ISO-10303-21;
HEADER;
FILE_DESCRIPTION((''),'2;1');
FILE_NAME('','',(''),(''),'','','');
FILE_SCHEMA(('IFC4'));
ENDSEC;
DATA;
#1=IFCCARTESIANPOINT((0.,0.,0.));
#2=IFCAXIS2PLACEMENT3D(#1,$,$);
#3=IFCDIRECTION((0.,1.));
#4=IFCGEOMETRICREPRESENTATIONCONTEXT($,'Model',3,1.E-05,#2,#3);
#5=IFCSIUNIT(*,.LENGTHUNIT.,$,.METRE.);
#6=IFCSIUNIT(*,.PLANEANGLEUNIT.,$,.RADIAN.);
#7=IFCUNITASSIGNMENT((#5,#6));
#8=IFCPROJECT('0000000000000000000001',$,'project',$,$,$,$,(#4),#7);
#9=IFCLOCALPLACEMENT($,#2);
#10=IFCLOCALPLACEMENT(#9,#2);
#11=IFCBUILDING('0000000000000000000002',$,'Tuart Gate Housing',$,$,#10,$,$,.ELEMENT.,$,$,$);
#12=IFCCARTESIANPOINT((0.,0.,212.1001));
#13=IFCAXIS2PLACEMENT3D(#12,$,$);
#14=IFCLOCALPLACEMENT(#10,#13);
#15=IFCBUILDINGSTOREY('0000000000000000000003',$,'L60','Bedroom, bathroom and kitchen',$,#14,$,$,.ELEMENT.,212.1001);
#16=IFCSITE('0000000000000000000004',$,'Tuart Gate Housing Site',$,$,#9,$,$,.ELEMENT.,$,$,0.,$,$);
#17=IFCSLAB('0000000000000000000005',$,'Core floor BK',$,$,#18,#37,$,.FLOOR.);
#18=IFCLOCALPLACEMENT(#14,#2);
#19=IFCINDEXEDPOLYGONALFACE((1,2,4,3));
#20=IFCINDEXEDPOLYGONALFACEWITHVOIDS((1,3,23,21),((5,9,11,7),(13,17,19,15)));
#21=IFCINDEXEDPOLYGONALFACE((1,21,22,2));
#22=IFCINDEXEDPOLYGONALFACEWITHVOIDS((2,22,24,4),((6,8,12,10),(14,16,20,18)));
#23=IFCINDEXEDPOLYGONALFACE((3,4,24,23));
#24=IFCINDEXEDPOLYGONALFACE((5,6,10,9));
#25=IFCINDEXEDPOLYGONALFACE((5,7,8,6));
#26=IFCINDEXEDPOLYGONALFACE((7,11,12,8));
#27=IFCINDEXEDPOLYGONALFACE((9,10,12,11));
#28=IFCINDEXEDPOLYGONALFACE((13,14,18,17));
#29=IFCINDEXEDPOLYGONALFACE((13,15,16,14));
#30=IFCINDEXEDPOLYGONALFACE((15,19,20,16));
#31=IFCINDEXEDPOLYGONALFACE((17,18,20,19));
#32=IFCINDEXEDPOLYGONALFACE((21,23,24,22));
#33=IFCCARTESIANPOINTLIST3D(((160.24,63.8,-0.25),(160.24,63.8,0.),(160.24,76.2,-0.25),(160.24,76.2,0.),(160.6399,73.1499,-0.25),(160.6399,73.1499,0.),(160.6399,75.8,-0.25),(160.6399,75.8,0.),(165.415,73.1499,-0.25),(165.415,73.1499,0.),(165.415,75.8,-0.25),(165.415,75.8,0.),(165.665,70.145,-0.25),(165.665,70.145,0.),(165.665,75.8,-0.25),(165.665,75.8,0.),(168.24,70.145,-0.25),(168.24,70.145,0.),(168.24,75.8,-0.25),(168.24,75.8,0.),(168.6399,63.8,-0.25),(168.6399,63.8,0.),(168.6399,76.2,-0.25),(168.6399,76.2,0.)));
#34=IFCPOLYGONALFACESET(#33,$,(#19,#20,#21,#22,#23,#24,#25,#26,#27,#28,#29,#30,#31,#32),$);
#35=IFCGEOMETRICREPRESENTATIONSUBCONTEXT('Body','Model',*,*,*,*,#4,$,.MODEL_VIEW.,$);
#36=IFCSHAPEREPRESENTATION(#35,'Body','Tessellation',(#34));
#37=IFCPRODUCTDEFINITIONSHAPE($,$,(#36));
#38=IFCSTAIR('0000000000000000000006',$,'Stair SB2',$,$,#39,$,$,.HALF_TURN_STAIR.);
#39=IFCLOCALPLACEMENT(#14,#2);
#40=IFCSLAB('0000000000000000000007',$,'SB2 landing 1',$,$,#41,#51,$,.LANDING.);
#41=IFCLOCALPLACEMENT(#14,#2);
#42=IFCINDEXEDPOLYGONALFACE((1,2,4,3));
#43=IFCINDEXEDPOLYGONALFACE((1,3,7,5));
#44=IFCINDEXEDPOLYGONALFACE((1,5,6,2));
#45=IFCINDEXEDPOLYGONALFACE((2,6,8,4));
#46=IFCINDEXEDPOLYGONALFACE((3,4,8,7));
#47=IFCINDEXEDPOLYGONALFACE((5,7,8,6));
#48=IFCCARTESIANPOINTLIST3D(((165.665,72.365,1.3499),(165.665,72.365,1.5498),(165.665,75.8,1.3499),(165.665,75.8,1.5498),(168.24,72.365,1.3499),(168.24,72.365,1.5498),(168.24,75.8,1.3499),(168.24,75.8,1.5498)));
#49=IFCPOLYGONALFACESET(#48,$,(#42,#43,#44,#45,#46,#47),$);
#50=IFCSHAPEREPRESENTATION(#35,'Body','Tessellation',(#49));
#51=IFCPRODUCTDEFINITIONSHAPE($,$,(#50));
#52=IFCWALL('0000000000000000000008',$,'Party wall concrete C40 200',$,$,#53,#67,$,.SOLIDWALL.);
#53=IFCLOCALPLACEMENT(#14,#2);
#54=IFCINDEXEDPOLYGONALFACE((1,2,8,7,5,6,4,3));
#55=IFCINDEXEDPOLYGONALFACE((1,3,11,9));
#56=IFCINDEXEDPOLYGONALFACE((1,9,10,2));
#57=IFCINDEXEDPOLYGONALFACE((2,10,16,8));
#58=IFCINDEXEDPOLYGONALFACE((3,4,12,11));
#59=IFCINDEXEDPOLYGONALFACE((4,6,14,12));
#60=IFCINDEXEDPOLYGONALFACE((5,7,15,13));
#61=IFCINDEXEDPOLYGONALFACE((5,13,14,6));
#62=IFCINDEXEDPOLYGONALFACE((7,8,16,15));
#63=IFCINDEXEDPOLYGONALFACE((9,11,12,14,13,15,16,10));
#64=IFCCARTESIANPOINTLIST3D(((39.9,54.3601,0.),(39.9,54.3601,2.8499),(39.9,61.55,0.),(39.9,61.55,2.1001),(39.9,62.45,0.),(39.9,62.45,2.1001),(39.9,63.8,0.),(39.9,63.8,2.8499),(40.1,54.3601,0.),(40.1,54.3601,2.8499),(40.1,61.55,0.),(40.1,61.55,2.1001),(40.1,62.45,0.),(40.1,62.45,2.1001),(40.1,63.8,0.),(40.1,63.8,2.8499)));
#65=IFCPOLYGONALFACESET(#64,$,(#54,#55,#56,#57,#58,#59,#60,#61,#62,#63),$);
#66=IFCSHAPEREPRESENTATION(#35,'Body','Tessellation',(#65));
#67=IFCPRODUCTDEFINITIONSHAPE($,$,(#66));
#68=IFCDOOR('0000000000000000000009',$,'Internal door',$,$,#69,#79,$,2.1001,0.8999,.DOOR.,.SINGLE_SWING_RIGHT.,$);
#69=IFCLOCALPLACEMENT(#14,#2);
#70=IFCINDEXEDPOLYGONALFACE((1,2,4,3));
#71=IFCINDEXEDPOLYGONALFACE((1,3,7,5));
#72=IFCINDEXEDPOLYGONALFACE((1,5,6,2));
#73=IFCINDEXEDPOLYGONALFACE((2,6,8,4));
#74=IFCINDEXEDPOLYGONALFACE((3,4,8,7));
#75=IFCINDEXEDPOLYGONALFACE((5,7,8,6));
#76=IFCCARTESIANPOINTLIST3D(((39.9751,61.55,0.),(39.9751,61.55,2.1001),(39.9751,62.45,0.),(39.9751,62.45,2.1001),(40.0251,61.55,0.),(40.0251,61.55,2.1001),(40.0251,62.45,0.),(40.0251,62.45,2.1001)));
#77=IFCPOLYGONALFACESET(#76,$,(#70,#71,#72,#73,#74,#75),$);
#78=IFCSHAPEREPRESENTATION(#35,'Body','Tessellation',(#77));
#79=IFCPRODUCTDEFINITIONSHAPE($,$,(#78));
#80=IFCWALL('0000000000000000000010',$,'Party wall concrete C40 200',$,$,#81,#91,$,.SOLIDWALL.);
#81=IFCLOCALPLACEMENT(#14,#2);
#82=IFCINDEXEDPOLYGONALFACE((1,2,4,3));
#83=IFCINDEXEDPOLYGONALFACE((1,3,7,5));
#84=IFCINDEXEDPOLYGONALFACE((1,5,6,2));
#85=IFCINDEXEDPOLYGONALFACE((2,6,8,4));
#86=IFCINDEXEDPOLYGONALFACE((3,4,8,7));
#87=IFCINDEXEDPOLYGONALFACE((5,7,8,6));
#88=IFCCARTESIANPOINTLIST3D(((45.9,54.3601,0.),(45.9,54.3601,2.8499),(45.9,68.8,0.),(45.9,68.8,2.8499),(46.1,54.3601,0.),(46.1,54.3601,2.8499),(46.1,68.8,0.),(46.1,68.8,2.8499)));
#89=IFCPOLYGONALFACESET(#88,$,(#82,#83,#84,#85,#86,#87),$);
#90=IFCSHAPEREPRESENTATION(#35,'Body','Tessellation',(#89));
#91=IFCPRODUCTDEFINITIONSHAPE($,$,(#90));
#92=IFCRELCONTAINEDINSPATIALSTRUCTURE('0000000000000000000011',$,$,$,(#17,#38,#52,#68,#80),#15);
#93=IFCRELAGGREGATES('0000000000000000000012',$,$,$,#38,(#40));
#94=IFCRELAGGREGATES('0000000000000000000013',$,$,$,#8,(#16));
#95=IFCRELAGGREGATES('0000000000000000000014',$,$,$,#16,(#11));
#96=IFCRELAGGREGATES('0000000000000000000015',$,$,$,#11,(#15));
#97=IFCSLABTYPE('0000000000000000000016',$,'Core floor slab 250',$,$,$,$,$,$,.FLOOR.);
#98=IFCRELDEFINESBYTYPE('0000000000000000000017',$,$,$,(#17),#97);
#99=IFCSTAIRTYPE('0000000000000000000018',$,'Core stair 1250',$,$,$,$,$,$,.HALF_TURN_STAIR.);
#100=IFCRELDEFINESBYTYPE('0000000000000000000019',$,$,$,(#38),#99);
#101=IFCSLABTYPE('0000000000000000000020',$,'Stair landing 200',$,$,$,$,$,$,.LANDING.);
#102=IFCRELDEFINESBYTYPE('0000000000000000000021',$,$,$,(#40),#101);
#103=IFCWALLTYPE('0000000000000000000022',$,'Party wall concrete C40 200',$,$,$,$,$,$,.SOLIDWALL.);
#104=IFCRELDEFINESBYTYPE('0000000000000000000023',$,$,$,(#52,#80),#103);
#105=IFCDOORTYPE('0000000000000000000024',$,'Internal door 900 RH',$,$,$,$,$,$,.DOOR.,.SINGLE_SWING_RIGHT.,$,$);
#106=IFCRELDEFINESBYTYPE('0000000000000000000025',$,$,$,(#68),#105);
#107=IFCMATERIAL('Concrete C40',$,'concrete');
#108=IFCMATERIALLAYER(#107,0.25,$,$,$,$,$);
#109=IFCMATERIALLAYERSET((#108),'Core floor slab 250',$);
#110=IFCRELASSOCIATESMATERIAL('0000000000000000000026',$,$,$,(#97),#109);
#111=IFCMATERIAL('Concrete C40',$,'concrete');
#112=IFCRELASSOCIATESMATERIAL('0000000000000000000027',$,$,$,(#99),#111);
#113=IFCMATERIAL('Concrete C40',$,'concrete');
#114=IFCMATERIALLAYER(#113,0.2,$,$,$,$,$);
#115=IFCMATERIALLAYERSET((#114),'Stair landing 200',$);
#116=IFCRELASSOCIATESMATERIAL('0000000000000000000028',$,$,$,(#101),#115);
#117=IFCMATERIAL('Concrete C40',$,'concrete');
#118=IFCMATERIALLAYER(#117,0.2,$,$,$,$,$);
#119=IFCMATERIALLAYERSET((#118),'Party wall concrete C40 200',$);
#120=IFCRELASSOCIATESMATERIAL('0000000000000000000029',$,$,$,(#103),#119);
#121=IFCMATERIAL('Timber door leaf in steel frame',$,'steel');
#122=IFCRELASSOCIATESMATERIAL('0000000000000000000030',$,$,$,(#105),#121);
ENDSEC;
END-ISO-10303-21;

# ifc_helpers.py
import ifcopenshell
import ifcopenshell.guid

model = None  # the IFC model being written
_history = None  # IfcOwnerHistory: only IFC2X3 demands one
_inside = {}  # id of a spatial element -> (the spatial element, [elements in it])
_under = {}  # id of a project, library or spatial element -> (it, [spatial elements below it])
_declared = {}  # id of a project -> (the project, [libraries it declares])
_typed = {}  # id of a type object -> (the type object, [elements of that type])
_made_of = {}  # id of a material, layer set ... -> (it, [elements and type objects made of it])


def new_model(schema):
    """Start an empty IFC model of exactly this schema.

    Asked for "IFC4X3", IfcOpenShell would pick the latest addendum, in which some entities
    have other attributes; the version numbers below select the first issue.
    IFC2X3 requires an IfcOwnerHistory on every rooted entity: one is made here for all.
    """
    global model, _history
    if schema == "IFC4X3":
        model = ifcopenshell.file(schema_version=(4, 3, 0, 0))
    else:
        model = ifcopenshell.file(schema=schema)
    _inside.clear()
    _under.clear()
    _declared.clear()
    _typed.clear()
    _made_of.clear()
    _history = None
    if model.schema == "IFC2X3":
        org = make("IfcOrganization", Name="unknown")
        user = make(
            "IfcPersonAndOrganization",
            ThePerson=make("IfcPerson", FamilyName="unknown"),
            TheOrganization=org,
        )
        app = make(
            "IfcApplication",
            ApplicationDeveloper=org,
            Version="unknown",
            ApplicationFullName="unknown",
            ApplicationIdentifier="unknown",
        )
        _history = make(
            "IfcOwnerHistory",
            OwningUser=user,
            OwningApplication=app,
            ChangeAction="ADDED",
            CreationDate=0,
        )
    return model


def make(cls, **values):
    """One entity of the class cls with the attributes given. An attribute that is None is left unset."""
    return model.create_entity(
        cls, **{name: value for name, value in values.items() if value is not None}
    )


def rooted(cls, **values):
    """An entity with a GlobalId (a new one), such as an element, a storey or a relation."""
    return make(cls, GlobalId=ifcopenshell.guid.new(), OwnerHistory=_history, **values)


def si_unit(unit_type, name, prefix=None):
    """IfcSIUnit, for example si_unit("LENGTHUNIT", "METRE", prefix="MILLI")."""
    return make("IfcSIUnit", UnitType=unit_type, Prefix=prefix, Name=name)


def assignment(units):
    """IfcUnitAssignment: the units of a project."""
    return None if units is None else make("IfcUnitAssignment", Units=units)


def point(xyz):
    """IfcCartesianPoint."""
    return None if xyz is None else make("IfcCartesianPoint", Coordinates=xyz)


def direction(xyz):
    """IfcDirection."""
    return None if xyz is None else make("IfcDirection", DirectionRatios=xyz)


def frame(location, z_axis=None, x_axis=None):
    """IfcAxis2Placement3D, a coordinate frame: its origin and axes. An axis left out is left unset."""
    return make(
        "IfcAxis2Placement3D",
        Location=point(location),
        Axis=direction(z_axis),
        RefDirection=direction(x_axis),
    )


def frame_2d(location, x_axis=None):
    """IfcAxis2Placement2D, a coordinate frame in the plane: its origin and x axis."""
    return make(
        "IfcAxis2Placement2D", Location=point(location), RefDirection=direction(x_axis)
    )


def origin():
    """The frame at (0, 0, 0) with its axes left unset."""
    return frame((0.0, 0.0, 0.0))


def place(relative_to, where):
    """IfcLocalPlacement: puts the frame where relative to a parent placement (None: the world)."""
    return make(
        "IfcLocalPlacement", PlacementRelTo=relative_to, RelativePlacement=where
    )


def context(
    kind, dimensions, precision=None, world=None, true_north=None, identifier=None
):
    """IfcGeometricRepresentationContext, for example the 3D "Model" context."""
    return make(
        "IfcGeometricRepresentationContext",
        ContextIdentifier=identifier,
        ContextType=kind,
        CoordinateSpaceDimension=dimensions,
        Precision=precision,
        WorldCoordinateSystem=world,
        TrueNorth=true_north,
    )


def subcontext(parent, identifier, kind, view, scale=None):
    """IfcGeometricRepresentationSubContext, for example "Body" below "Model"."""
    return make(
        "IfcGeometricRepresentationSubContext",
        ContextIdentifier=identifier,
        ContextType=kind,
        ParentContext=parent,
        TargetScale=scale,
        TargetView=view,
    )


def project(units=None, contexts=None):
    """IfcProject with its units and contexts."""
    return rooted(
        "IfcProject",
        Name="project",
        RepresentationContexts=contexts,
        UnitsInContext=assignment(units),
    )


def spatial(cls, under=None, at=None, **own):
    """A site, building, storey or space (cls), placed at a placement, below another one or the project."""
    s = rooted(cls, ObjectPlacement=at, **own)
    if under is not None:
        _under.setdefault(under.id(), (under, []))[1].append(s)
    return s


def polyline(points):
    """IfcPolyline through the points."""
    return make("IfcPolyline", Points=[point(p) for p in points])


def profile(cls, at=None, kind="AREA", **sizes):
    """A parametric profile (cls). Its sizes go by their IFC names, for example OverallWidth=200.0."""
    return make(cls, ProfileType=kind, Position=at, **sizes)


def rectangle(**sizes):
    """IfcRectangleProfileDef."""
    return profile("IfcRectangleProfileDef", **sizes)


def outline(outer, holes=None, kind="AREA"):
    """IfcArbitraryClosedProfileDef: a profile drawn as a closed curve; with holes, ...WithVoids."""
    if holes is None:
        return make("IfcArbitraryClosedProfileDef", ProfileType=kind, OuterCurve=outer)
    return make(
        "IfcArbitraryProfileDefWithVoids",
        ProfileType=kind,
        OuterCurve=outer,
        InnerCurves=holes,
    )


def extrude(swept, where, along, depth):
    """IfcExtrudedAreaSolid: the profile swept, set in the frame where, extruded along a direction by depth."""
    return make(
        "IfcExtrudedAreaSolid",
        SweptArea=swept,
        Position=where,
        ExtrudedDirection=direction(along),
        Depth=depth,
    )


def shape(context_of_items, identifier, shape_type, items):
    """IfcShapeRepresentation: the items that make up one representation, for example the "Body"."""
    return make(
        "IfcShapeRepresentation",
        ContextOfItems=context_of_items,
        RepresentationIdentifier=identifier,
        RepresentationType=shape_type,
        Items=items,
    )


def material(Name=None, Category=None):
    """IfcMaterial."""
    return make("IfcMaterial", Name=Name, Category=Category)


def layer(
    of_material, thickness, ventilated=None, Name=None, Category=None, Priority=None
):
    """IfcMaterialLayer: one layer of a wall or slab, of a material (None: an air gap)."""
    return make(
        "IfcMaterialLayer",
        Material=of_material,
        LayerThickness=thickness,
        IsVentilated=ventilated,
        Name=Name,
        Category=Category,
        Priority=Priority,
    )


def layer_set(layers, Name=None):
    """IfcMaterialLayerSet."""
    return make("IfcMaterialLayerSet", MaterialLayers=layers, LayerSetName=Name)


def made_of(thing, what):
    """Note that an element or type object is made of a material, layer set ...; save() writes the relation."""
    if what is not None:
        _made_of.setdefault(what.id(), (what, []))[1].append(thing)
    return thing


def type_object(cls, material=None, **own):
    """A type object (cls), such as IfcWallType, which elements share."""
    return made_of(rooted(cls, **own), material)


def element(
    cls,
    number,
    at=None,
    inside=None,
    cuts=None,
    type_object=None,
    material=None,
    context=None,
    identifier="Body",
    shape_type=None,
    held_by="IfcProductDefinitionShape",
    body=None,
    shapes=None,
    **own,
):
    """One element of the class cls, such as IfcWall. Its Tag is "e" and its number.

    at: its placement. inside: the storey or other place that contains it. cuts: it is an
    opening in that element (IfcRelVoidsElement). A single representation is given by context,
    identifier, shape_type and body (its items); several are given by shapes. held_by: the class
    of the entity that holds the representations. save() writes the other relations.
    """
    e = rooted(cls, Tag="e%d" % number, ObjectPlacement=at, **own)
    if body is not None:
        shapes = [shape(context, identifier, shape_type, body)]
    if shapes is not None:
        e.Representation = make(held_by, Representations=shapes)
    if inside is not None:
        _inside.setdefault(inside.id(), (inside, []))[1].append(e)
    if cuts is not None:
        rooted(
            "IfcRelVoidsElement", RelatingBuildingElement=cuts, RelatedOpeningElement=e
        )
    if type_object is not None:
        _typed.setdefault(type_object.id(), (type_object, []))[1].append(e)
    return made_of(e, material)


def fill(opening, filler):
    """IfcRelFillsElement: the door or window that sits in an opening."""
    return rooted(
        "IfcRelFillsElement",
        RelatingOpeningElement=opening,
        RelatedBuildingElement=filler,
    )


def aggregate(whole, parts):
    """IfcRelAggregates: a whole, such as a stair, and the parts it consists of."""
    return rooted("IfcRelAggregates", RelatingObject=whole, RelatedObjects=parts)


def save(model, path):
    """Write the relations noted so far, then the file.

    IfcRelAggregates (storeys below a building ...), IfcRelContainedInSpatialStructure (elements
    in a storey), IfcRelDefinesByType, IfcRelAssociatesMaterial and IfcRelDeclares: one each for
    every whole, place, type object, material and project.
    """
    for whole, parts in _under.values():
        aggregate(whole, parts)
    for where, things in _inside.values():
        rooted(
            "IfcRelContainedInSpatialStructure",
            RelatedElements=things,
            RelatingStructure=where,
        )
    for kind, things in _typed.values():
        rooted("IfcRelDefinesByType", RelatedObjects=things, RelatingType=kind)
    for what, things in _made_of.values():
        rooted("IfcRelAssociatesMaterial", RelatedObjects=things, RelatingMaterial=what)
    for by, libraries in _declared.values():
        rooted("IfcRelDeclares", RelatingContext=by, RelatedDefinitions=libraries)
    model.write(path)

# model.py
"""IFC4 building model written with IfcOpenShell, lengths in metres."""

from ifc_helpers import new_model, si_unit, direction, frame, frame_2d, origin, place, context, subcontext, project, spatial, polyline, rectangle, outline, extrude, material, layer, layer_set, type_object, element, fill, aggregate, save


model = new_model("IFC4")

# Units and contexts
model_context = context("Model", 3, precision=1e-05, world=origin(), true_north=direction((0.0, 1.0)))
body_context = subcontext(model_context, "Body", "Model", "MODEL_VIEW")
ifc_project = project(units=[si_unit("LENGTHUNIT", "METRE"), si_unit("PLANEANGLEUNIT", "RADIAN")], contexts=[model_context])

# Site, building, storey
site_placement = place(None, origin())
site = spatial("IfcSite", under=ifc_project, at=site_placement, Name="Tuart Gate Housing Site", CompositionType="ELEMENT", RefElevation=0.0)
building_placement = place(site_placement, origin())
building = spatial("IfcBuilding", under=site, at=building_placement, Name="Tuart Gate Housing", CompositionType="ELEMENT")
storey_placement = place(building_placement, frame((0.0, 0.0, 212.1001)))
storey = spatial("IfcBuildingStorey", under=building, at=storey_placement, Name="L60", Description="Bedroom, bathroom and kitchen", CompositionType="ELEMENT", Elevation=212.1001)

# Slab
ifc_material_1 = material(Name="Concrete C40", Category="concrete")
ifc_layer_1 = layer(ifc_material_1, 0.25)
ifc_layer_set_1 = layer_set([ifc_layer_1], Name="Core floor slab 250")
slab_type_1 = type_object("IfcSlabType", Name="Core floor slab 250", PredefinedType="FLOOR", material=ifc_layer_set_1)
slab_1_placement = place(storey_placement, frame((0.0, 0.0, -0.25)))
element("IfcSlab", 1, at=slab_1_placement, inside=storey, type_object=slab_type_1, Name="Core floor BK", PredefinedType="FLOOR", context=body_context, shape_type="SweptSolid", body=[
    extrude(outline(polyline([(160.24, 63.8), (168.6399, 63.8), (168.6399, 76.2), (160.24, 76.2), (160.24, 63.8)]), holes=[polyline([(160.6399, 73.1499), (165.415, 73.1499), (165.415, 75.8), (160.6399, 75.8), (160.6399, 73.1499)]), polyline([(165.665, 70.145), (168.24, 70.145), (168.24, 75.8), (165.665, 75.8), (165.665, 70.145)])]), origin(), (0.0, 0.0, 1.0), 0.25),
])

# Stair, slab
ifc_material_2 = material(Name="Concrete C40", Category="concrete")
stair_type = type_object("IfcStairType", Name="Core stair 1250", PredefinedType="HALF_TURN_STAIR", material=ifc_material_2)
stair_placement = place(storey_placement, origin())
stair = element("IfcStair", 2, at=stair_placement, inside=storey, type_object=stair_type, Name="Stair SB2", PredefinedType="HALF_TURN_STAIR")
ifc_material_3 = material(Name="Concrete C40", Category="concrete")
ifc_layer_2 = layer(ifc_material_3, 0.2)
ifc_layer_set_2 = layer_set([ifc_layer_2], Name="Stair landing 200")
slab_type_2 = type_object("IfcSlabType", Name="Stair landing 200", PredefinedType="LANDING", material=ifc_layer_set_2)
slab_2_placement = place(storey_placement, frame((0.0, 0.0, 1.3499)))
slab_2 = element("IfcSlab", 3, at=slab_2_placement, type_object=slab_type_2, Name="SB2 landing 1", PredefinedType="LANDING", context=body_context, shape_type="SweptSolid", body=[
    extrude(outline(polyline([(165.665, 72.365), (168.24, 72.365), (168.24, 75.8), (165.665, 75.8), (165.665, 72.365)])), origin(), (0.0, 0.0, 1.0), 0.2),
])
aggregate(stair, [slab_2])

# Wall, opening, door
ifc_material_4 = material(Name="Concrete C40", Category="concrete")
ifc_layer_3 = layer(ifc_material_4, 0.2)
ifc_layer_set_3 = layer_set([ifc_layer_3], Name="Party wall concrete C40 200")
wall_type_1 = type_object("IfcWallType", Name="Party wall concrete C40 200", PredefinedType="SOLIDWALL", material=ifc_layer_set_3)
wall_1_placement = place(storey_placement, frame((40.0, 54.3601, 0.0), z_axis=(0.0, 0.0, 1.0), x_axis=(0.0, 1.0, 0.0)))
wall_1 = element("IfcWall", 4, at=wall_1_placement, inside=storey, type_object=wall_type_1, Name="Party wall concrete C40 200", PredefinedType="SOLIDWALL", context=body_context, shape_type="SweptSolid", body=[
    extrude(rectangle(XDim=9.4399, YDim=0.2, at=frame_2d((4.72, 0.0))), origin(), (0.0, 0.0, 1.0), 2.8499),
])
opening_1_placement = place(wall_1_placement, frame((7.1899, 0.0, 0.0)))
opening_1 = element("IfcOpeningElement", 5, at=opening_1_placement, cuts=wall_1, PredefinedType="OPENING", context=body_context, shape_type="SweptSolid", body=[
    extrude(rectangle(XDim=0.8999, YDim=2.1001, at=frame_2d((0.45, 1.05))), frame((0.0, 0.1099, 0.0), z_axis=(0.0, -1.0, 0.0), x_axis=(1.0, 0.0, 0.0)), (0.0, 0.0, 1.0), 0.22),
])
ifc_material_5 = material(Name="Timber door leaf in steel frame", Category="steel")
door_type = type_object("IfcDoorType", Name="Internal door 900 RH", OperationType="SINGLE_SWING_RIGHT", PredefinedType="DOOR", material=ifc_material_5)
door_placement = place(opening_1_placement, frame((0.8999, 0.0, 0.0), z_axis=(0.0, 0.0, 1.0), x_axis=(-1.0, 0.0, 0.0)))
door = element("IfcDoor", 6, at=door_placement, inside=storey, type_object=door_type, Name="Internal door", OperationType="SINGLE_SWING_RIGHT", OverallHeight=2.1001, OverallWidth=0.8999, PredefinedType="DOOR", context=body_context, shape_type="SweptSolid", body=[
    extrude(rectangle(XDim=0.8999, YDim=2.1001, at=frame_2d((0.45, 1.05))), frame((0.0, 0.0251, 0.0), z_axis=(0.0, -1.0, 0.0), x_axis=(1.0, 0.0, 0.0)), (0.0, 0.0, 1.0), 0.05),
])
fill(opening_1, door)

# Wall
wall_2_placement = place(storey_placement, frame((46.0, 54.3601, 0.0), z_axis=(0.0, 0.0, 1.0), x_axis=(0.0, 1.0, 0.0)))
element("IfcWall", 7, at=wall_2_placement, inside=storey, type_object=wall_type_1, Name="Party wall concrete C40 200", PredefinedType="SOLIDWALL", context=body_context, shape_type="SweptSolid", body=[
    extrude(rectangle(XDim=14.4399, YDim=0.2, at=frame_2d((7.22, 0.0))), origin(), (0.0, 0.0, 1.0), 2.8499),
])

save(model, "model.ifc")
